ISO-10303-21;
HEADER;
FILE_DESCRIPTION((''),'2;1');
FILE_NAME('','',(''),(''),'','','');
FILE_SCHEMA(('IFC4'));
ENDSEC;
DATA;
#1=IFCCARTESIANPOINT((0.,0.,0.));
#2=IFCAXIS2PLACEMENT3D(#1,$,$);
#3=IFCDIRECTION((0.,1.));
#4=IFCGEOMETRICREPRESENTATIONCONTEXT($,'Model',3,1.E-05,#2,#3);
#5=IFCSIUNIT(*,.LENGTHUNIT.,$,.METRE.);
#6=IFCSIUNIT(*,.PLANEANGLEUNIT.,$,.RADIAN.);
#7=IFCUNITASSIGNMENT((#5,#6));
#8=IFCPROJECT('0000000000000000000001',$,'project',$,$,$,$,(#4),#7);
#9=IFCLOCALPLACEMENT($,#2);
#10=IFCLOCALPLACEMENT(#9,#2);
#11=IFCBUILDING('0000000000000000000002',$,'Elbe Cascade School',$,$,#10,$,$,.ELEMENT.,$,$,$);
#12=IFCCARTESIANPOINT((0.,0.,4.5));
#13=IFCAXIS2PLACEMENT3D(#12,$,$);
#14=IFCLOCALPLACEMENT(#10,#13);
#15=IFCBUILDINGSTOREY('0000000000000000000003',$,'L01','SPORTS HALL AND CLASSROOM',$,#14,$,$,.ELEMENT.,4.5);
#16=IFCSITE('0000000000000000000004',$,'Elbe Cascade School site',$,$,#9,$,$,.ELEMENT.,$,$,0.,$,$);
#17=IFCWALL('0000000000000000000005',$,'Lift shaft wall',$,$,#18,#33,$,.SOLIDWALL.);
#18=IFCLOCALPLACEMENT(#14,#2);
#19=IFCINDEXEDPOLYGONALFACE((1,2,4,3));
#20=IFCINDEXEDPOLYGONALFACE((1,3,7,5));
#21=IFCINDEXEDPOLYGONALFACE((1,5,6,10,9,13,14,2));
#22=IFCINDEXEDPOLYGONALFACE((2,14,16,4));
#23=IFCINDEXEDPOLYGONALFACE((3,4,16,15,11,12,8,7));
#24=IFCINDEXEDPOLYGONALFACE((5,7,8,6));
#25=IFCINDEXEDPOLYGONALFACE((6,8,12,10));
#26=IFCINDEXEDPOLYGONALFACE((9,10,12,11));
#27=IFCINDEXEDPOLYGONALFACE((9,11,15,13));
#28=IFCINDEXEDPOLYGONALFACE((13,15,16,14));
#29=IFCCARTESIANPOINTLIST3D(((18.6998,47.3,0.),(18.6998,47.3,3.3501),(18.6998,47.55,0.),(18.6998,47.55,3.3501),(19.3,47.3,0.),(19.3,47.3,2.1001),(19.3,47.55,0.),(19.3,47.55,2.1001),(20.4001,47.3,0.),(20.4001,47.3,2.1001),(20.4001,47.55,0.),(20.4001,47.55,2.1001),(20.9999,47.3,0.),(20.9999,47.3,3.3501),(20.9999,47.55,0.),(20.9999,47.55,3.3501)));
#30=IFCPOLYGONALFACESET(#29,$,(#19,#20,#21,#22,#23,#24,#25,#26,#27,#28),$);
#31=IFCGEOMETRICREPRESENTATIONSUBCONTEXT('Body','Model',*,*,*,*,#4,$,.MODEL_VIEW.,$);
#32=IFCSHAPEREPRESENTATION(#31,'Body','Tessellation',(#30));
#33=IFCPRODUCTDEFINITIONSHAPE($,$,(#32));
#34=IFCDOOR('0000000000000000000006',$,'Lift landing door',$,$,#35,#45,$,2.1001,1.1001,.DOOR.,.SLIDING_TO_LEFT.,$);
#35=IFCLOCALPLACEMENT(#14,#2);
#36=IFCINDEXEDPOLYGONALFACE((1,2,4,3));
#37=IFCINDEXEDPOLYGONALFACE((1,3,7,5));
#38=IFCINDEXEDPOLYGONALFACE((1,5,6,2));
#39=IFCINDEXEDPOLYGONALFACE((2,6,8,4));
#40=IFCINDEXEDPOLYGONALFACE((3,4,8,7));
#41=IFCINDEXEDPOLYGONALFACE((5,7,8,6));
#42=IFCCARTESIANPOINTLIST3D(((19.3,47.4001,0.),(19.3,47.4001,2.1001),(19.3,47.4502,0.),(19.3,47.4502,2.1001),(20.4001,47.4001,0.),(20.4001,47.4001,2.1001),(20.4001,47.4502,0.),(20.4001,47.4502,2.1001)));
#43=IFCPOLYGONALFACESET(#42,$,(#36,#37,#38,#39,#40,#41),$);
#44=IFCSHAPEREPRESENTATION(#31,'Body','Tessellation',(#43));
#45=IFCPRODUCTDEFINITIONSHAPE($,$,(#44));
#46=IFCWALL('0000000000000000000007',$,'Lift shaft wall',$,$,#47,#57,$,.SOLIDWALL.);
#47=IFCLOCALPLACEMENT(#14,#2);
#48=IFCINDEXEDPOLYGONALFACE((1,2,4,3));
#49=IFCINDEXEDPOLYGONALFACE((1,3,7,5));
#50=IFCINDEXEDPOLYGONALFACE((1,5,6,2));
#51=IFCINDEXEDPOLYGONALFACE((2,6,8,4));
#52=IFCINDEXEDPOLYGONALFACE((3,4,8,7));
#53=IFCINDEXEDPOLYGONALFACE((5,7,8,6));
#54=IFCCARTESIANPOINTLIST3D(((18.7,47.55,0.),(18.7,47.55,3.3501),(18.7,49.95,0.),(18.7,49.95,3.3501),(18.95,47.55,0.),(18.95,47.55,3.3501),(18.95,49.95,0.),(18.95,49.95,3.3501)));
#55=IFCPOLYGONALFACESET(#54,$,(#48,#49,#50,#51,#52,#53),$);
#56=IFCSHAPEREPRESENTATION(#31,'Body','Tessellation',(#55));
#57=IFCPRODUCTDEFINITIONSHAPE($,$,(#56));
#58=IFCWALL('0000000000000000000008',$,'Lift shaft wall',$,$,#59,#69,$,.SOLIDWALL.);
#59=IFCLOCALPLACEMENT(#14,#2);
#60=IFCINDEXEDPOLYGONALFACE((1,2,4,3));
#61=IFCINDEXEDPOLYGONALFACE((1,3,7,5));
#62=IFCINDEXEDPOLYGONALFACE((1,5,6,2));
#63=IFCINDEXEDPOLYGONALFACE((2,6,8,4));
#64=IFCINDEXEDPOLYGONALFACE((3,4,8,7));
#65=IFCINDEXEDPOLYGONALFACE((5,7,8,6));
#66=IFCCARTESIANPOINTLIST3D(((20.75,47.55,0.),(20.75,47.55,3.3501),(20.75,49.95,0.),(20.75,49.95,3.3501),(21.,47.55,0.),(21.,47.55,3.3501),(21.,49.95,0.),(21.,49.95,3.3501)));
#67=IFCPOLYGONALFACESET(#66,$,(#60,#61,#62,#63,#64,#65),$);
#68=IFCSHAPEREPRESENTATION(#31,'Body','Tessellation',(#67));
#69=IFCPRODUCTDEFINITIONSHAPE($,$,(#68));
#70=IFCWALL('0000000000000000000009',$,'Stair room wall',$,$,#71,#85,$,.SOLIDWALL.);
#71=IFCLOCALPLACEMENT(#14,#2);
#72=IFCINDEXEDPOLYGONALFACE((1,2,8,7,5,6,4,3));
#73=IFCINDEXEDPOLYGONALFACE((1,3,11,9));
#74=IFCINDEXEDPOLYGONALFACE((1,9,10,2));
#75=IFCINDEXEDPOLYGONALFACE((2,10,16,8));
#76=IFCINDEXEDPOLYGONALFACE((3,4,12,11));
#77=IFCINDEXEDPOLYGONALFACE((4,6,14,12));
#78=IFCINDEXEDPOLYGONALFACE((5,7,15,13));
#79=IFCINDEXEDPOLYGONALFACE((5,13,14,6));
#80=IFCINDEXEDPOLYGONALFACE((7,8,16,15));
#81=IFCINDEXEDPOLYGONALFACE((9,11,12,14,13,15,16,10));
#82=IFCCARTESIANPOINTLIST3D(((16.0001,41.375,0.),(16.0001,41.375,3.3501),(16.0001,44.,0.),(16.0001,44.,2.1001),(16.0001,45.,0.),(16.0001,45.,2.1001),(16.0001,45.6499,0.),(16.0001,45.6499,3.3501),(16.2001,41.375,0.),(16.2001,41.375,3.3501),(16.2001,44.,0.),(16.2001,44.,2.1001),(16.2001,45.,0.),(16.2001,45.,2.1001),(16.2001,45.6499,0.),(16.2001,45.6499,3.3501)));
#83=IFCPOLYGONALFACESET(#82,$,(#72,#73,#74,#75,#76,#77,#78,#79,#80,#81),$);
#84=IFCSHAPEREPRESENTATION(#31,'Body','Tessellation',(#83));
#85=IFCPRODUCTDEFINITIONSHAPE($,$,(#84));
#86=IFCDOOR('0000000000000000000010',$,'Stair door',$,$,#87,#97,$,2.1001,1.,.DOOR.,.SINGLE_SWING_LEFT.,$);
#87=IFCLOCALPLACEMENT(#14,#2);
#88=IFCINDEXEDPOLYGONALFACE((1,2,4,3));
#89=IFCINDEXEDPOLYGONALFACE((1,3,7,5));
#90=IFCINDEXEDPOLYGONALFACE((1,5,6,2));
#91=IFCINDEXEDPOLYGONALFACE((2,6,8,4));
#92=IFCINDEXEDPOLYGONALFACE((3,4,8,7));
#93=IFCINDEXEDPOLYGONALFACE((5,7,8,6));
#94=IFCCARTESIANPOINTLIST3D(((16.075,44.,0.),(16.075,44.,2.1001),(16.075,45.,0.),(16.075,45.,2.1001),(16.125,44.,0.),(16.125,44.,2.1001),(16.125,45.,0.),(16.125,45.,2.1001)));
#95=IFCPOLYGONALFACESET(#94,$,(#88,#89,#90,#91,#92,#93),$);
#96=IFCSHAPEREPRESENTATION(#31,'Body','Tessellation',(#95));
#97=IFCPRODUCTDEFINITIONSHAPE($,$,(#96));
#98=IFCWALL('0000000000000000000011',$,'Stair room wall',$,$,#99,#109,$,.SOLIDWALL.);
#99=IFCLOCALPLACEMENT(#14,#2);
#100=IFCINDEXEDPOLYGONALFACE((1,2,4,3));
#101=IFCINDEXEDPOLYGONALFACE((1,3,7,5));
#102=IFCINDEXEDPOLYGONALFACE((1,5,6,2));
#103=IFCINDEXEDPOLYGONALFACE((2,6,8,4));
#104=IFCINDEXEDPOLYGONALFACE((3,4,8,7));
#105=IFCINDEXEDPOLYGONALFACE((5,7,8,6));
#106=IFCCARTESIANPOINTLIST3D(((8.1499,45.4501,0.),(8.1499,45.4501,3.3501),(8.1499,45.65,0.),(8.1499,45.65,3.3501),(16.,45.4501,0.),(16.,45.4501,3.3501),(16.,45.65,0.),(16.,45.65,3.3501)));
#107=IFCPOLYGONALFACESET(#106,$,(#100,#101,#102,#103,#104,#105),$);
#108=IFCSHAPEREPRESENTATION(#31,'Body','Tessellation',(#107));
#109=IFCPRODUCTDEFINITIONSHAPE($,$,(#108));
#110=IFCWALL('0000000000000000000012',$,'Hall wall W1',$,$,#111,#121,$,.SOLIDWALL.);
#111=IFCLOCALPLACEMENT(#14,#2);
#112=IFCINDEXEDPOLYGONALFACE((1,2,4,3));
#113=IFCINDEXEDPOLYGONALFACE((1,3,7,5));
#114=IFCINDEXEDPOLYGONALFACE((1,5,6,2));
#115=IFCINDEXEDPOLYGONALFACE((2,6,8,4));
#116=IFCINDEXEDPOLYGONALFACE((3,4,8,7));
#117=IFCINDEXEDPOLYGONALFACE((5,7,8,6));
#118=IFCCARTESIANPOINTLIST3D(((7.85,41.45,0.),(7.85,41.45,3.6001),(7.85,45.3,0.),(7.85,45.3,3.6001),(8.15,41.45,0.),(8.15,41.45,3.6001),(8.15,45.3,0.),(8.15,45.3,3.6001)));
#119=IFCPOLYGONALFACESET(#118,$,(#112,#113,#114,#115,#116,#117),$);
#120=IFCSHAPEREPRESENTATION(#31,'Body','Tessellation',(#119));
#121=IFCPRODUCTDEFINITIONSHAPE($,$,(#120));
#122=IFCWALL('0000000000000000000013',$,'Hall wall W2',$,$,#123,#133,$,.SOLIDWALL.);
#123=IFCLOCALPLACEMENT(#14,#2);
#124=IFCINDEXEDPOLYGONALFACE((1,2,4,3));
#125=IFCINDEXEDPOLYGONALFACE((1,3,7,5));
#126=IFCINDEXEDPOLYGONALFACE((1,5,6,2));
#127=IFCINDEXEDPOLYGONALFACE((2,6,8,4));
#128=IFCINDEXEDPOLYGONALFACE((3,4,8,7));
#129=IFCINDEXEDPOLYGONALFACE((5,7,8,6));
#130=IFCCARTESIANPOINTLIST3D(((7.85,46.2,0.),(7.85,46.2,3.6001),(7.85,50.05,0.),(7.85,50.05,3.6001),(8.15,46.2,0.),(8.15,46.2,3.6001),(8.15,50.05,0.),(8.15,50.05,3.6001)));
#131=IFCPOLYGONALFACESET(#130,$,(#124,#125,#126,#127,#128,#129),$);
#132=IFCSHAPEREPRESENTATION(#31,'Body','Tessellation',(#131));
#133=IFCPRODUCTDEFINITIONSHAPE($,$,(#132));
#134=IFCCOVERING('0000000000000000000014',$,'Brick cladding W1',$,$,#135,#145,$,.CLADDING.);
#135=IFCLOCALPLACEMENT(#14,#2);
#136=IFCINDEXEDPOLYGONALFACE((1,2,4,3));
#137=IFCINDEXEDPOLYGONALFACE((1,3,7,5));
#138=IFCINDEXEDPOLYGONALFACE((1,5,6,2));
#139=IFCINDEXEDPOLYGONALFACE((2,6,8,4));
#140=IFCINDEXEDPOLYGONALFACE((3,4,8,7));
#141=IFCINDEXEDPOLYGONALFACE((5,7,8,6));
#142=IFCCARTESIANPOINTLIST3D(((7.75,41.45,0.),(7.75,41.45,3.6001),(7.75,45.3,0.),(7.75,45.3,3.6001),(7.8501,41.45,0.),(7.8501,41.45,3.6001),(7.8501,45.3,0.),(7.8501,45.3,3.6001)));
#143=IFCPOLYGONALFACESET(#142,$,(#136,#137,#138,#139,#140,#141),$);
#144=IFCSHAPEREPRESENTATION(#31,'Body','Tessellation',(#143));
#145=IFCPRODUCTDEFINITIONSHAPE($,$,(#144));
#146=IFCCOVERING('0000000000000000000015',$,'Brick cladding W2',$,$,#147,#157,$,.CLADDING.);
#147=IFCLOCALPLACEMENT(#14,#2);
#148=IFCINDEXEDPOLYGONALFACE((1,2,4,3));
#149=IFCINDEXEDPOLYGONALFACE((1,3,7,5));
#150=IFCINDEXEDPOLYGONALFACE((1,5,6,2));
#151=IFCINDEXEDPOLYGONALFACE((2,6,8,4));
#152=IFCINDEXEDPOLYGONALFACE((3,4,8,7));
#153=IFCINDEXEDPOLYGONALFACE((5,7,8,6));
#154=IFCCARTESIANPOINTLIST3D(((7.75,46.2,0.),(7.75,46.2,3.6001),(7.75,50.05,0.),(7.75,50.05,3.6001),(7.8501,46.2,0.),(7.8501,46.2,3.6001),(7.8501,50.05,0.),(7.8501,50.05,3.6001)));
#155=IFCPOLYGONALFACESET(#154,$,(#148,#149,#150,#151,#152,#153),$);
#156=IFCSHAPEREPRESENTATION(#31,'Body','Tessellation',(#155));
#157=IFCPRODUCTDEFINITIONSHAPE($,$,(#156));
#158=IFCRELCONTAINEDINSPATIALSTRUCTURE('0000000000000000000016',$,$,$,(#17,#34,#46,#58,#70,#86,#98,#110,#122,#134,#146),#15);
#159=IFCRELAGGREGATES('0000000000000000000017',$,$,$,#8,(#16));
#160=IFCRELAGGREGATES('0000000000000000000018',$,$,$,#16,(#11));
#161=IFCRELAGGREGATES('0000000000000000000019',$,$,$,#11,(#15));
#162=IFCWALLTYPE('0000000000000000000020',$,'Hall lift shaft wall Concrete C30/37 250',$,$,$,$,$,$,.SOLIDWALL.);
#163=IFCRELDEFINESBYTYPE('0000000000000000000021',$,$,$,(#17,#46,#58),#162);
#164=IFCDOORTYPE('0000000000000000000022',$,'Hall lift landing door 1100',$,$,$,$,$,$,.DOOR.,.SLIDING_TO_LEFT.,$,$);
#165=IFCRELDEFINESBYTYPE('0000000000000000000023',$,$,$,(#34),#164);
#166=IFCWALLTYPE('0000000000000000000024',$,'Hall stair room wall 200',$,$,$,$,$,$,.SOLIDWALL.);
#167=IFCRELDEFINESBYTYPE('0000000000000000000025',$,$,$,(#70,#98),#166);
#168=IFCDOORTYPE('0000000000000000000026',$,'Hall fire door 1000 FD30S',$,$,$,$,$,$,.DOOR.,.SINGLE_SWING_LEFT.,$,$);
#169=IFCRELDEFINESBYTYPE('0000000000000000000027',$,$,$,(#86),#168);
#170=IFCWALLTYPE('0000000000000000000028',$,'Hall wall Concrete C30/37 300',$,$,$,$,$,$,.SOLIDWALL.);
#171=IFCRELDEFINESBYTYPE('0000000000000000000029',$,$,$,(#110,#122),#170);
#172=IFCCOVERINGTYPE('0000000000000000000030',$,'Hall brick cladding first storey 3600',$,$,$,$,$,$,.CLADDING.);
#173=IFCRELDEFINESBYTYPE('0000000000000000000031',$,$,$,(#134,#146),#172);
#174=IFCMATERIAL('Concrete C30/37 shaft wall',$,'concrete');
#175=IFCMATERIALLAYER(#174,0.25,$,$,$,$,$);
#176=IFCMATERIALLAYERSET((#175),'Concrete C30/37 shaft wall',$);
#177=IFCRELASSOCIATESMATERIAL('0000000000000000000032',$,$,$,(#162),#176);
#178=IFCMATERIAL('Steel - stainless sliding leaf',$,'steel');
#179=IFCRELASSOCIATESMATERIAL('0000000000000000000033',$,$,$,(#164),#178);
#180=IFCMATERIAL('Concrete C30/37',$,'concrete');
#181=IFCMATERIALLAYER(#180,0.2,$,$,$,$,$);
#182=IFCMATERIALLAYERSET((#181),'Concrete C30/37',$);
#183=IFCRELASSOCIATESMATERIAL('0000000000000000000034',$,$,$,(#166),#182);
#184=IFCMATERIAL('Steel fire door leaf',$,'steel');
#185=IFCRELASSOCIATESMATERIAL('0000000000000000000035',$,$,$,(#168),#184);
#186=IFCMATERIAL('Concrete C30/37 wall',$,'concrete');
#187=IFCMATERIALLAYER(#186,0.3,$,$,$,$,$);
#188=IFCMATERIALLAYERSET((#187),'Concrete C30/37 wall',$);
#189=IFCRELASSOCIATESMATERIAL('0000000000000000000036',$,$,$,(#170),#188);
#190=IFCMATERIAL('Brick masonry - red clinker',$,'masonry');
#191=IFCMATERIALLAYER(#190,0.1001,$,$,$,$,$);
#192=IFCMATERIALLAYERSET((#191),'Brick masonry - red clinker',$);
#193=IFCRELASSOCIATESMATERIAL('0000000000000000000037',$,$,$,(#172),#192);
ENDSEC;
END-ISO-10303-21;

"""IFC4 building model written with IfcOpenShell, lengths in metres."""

from ifc_helpers import new_model, si_unit, direction, frame, frame_2d, origin, origin_2d, place, context, subcontext, project, spatial, rectangle, extrude, material, layer, layer_set, type_object, element, fill, save


model = new_model("IFC4")

# Units and contexts
model_context = context("Model", 3, precision=1e-05, world=origin(), true_north=direction((0.0, 1.0)))
body_context = subcontext(model_context, "Body", "Model", "MODEL_VIEW")
ifc_project = project(units=[si_unit("LENGTHUNIT", "METRE"), si_unit("PLANEANGLEUNIT", "RADIAN")], contexts=[model_context])

# Site, building, storey
site_placement = place(None, origin())
site = spatial("IfcSite", under=ifc_project, at=site_placement, Name="Elbe Cascade School site", CompositionType="ELEMENT", RefElevation=0.0)
building_placement = place(site_placement, origin())
building = spatial("IfcBuilding", under=site, at=building_placement, Name="Elbe Cascade School", CompositionType="ELEMENT")
storey_placement = place(building_placement, frame((0.0, 0.0, 4.5)))
storey = spatial("IfcBuildingStorey", under=building, at=storey_placement, Name="L01", Description="SPORTS HALL AND CLASSROOM", CompositionType="ELEMENT", Elevation=4.5)

# Wall, opening, door
ifc_material_1 = material(Name="Concrete C30/37 shaft wall", Category="concrete")
ifc_layer_1 = layer(ifc_material_1, 0.25)
ifc_layer_set_1 = layer_set([ifc_layer_1], Name="Concrete C30/37 shaft wall")
wall_type_1 = type_object("IfcWallType", Name="Hall lift shaft wall Concrete C30/37 250", PredefinedType="SOLIDWALL", material=ifc_layer_set_1)
wall_1_placement = place(storey_placement, frame((18.7, 47.425, 0.0), z_axis=(0.0, 0.0, 1.0), x_axis=(1.0, 0.0, 0.0)))
wall_1 = element("IfcWall", 1, at=wall_1_placement, inside=storey, type_object=wall_type_1, Name="Lift shaft wall", PredefinedType="SOLIDWALL", context=body_context, shape_type="SweptSolid", body=[
    extrude(rectangle(XDim=2.3, YDim=0.25, at=frame_2d((1.1499, 0.0))), origin(), (0.0, 0.0, 1.0), 3.3501),
])
opening_1_placement = place(wall_1_placement, frame((0.6001, 0.0, 0.0)))
opening_1 = element("IfcOpeningElement", 2, at=opening_1_placement, cuts=wall_1, PredefinedType="OPENING", context=body_context, shape_type="SweptSolid", body=[
    extrude(rectangle(XDim=1.1001, YDim=2.1001, at=frame_2d((0.55, 1.05))), frame((0.0, 0.135, 0.0), z_axis=(0.0, -1.0, 0.0), x_axis=(1.0, 0.0, 0.0)), (0.0, 0.0, 1.0), 0.27),
])
ifc_material_2 = material(Name="Steel - stainless sliding leaf", Category="steel")
door_type_1 = type_object("IfcDoorType", Name="Hall lift landing door 1100", OperationType="SLIDING_TO_LEFT", PredefinedType="DOOR", material=ifc_material_2)
door_1_placement = place(opening_1_placement, frame((1.1001, 0.0, 0.0), z_axis=(0.0, 0.0, 1.0), x_axis=(-1.0, 0.0, 0.0)))
door_1 = element("IfcDoor", 3, at=door_1_placement, inside=storey, type_object=door_type_1, Name="Lift landing door", OperationType="SLIDING_TO_LEFT", OverallHeight=2.1001, OverallWidth=1.1001, PredefinedType="DOOR", context=body_context, shape_type="SweptSolid", body=[
    extrude(rectangle(XDim=1.1001, YDim=2.1001, at=frame_2d((0.55, 1.05))), frame((0.0, 0.0249, 0.0), z_axis=(0.0, -1.0, 0.0), x_axis=(1.0, 0.0, 0.0)), (0.0, 0.0, 1.0), 0.05),
])
fill(opening_1, door_1)

# Walls
for number, where, z_axis, x_axis, name in (
    (4, (18.825, 47.55, 0.0), (0.0, 0.0, 1.0), (0.0, 1.0, 0.0), "Lift shaft wall"),
    (5, (20.875, 47.55, 0.0), (0.0, 0.0, 1.0), (0.0, 1.0, 0.0), "Lift shaft wall"),
):
    element("IfcWall", number, at=place(storey_placement, frame(where, z_axis=z_axis, x_axis=x_axis)), inside=storey, type_object=wall_type_1, Name=name, PredefinedType="SOLIDWALL", context=body_context, shape_type="SweptSolid", body=[
        extrude(rectangle(XDim=2.3999, YDim=0.25, at=frame_2d((1.2, 0.0))), origin(), (0.0, 0.0, 1.0), 3.3501),
    ])

# Wall, opening, door
ifc_material_3 = material(Name="Concrete C30/37", Category="concrete")
ifc_layer_2 = layer(ifc_material_3, 0.2)
ifc_layer_set_2 = layer_set([ifc_layer_2], Name="Concrete C30/37")
wall_type_2 = type_object("IfcWallType", Name="Hall stair room wall 200", PredefinedType="SOLIDWALL", material=ifc_layer_set_2)
wall_2_placement = place(storey_placement, frame((16.1001, 41.375, 0.0), z_axis=(0.0, 0.0, 1.0), x_axis=(0.0, 1.0, 0.0)))
wall_2 = element("IfcWall", 6, at=wall_2_placement, inside=storey, type_object=wall_type_2, Name="Stair room wall", PredefinedType="SOLIDWALL", context=body_context, shape_type="SweptSolid", body=[
    extrude(rectangle(XDim=4.2749, YDim=0.2, at=frame_2d((2.1375, 0.0))), origin(), (0.0, 0.0, 1.0), 3.3501),
])
opening_2_placement = place(wall_2_placement, frame((2.625, 0.0, 0.0)))
opening_2 = element("IfcOpeningElement", 7, at=opening_2_placement, cuts=wall_2, PredefinedType="OPENING", context=body_context, shape_type="SweptSolid", body=[
    extrude(rectangle(XDim=1.0, YDim=2.1001, at=frame_2d((0.5, 1.05))), frame((0.0, 0.1099, 0.0), z_axis=(0.0, -1.0, 0.0), x_axis=(1.0, 0.0, 0.0)), (0.0, 0.0, 1.0), 0.22),
])
ifc_material_4 = material(Name="Steel fire door leaf", Category="steel")
door_type_2 = type_object("IfcDoorType", Name="Hall fire door 1000 FD30S", OperationType="SINGLE_SWING_LEFT", PredefinedType="DOOR", material=ifc_material_4)
door_2_placement = place(opening_2_placement, frame((1.0, 0.0, 0.0), z_axis=(0.0, 0.0, 1.0), x_axis=(-1.0, 0.0, 0.0)))
door_2 = element("IfcDoor", 8, at=door_2_placement, inside=storey, type_object=door_type_2, Name="Stair door", OperationType="SINGLE_SWING_LEFT", OverallHeight=2.1001, OverallWidth=1.0, PredefinedType="DOOR", context=body_context, shape_type="SweptSolid", body=[
    extrude(rectangle(XDim=1.0, YDim=2.1001, at=frame_2d((0.5, 1.05))), frame((0.0, 0.0249, 0.0), z_axis=(0.0, -1.0, 0.0), x_axis=(1.0, 0.0, 0.0)), (0.0, 0.0, 1.0), 0.05),
])
fill(opening_2, door_2)

# Walls
wall_3_placement = place(storey_placement, frame((8.1499, 45.55, 0.0), z_axis=(0.0, 0.0, 1.0), x_axis=(1.0, 0.0, 0.0)))
element("IfcWall", 9, at=wall_3_placement, inside=storey, type_object=wall_type_2, Name="Stair room wall", PredefinedType="SOLIDWALL", context=body_context, shape_type="SweptSolid", body=[
    extrude(rectangle(XDim=7.8501, YDim=0.2, at=frame_2d((3.925, 0.0))), origin(), (0.0, 0.0, 1.0), 3.3501),
])
ifc_material_5 = material(Name="Concrete C30/37 wall", Category="concrete")
ifc_layer_3 = layer(ifc_material_5, 0.3)
ifc_layer_set_3 = layer_set([ifc_layer_3], Name="Concrete C30/37 wall")
wall_type_3 = type_object("IfcWallType", Name="Hall wall Concrete C30/37 300", PredefinedType="SOLIDWALL", material=ifc_layer_set_3)
for number, where, z_axis, x_axis, name in (
    (10, (8.0, 41.45, 0.0), (0.0, 0.0, 1.0), (0.0, 1.0, 0.0), "Hall wall W1"),
    (11, (8.0, 46.2, 0.0), (0.0, 0.0, 1.0), (0.0, 1.0, 0.0), "Hall wall W2"),
):
    element("IfcWall", number, at=place(storey_placement, frame(where, z_axis=z_axis, x_axis=x_axis)), inside=storey, type_object=wall_type_3, Name=name, PredefinedType="SOLIDWALL", context=body_context, shape_type="SweptSolid", body=[
        extrude(rectangle(XDim=3.8501, YDim=0.3, at=frame_2d((1.925, 0.0))), origin(), (0.0, 0.0, 1.0), 3.6001),
    ])

# Coverings
ifc_material_6 = material(Name="Brick masonry - red clinker", Category="masonry")
ifc_layer_4 = layer(ifc_material_6, 0.1001)
ifc_layer_set_4 = layer_set([ifc_layer_4], Name="Brick masonry - red clinker")
covering_type = type_object("IfcCoveringType", Name="Hall brick cladding first storey 3600", PredefinedType="CLADDING", material=ifc_layer_set_4)
for number, where, z_axis, x_axis, name in (
    (12, (7.8, 43.375, 0.0), (0.0, 0.0, 1.0), (1.0, 0.0, 0.0), "Brick cladding W1"),
    (13, (7.8, 48.125, 0.0), (0.0, 0.0, 1.0), (1.0, 0.0, 0.0), "Brick cladding W2"),
):
    element("IfcCovering", number, at=place(storey_placement, frame(where, z_axis=z_axis, x_axis=x_axis)), inside=storey, type_object=covering_type, Name=name, PredefinedType="CLADDING", context=body_context, shape_type="SweptSolid", body=[
        extrude(rectangle(XDim=0.1001, YDim=3.8501, at=origin_2d()), origin(), (0.0, 0.0, 1.0), 3.6001),
    ])

save(model, "model.ifc")
